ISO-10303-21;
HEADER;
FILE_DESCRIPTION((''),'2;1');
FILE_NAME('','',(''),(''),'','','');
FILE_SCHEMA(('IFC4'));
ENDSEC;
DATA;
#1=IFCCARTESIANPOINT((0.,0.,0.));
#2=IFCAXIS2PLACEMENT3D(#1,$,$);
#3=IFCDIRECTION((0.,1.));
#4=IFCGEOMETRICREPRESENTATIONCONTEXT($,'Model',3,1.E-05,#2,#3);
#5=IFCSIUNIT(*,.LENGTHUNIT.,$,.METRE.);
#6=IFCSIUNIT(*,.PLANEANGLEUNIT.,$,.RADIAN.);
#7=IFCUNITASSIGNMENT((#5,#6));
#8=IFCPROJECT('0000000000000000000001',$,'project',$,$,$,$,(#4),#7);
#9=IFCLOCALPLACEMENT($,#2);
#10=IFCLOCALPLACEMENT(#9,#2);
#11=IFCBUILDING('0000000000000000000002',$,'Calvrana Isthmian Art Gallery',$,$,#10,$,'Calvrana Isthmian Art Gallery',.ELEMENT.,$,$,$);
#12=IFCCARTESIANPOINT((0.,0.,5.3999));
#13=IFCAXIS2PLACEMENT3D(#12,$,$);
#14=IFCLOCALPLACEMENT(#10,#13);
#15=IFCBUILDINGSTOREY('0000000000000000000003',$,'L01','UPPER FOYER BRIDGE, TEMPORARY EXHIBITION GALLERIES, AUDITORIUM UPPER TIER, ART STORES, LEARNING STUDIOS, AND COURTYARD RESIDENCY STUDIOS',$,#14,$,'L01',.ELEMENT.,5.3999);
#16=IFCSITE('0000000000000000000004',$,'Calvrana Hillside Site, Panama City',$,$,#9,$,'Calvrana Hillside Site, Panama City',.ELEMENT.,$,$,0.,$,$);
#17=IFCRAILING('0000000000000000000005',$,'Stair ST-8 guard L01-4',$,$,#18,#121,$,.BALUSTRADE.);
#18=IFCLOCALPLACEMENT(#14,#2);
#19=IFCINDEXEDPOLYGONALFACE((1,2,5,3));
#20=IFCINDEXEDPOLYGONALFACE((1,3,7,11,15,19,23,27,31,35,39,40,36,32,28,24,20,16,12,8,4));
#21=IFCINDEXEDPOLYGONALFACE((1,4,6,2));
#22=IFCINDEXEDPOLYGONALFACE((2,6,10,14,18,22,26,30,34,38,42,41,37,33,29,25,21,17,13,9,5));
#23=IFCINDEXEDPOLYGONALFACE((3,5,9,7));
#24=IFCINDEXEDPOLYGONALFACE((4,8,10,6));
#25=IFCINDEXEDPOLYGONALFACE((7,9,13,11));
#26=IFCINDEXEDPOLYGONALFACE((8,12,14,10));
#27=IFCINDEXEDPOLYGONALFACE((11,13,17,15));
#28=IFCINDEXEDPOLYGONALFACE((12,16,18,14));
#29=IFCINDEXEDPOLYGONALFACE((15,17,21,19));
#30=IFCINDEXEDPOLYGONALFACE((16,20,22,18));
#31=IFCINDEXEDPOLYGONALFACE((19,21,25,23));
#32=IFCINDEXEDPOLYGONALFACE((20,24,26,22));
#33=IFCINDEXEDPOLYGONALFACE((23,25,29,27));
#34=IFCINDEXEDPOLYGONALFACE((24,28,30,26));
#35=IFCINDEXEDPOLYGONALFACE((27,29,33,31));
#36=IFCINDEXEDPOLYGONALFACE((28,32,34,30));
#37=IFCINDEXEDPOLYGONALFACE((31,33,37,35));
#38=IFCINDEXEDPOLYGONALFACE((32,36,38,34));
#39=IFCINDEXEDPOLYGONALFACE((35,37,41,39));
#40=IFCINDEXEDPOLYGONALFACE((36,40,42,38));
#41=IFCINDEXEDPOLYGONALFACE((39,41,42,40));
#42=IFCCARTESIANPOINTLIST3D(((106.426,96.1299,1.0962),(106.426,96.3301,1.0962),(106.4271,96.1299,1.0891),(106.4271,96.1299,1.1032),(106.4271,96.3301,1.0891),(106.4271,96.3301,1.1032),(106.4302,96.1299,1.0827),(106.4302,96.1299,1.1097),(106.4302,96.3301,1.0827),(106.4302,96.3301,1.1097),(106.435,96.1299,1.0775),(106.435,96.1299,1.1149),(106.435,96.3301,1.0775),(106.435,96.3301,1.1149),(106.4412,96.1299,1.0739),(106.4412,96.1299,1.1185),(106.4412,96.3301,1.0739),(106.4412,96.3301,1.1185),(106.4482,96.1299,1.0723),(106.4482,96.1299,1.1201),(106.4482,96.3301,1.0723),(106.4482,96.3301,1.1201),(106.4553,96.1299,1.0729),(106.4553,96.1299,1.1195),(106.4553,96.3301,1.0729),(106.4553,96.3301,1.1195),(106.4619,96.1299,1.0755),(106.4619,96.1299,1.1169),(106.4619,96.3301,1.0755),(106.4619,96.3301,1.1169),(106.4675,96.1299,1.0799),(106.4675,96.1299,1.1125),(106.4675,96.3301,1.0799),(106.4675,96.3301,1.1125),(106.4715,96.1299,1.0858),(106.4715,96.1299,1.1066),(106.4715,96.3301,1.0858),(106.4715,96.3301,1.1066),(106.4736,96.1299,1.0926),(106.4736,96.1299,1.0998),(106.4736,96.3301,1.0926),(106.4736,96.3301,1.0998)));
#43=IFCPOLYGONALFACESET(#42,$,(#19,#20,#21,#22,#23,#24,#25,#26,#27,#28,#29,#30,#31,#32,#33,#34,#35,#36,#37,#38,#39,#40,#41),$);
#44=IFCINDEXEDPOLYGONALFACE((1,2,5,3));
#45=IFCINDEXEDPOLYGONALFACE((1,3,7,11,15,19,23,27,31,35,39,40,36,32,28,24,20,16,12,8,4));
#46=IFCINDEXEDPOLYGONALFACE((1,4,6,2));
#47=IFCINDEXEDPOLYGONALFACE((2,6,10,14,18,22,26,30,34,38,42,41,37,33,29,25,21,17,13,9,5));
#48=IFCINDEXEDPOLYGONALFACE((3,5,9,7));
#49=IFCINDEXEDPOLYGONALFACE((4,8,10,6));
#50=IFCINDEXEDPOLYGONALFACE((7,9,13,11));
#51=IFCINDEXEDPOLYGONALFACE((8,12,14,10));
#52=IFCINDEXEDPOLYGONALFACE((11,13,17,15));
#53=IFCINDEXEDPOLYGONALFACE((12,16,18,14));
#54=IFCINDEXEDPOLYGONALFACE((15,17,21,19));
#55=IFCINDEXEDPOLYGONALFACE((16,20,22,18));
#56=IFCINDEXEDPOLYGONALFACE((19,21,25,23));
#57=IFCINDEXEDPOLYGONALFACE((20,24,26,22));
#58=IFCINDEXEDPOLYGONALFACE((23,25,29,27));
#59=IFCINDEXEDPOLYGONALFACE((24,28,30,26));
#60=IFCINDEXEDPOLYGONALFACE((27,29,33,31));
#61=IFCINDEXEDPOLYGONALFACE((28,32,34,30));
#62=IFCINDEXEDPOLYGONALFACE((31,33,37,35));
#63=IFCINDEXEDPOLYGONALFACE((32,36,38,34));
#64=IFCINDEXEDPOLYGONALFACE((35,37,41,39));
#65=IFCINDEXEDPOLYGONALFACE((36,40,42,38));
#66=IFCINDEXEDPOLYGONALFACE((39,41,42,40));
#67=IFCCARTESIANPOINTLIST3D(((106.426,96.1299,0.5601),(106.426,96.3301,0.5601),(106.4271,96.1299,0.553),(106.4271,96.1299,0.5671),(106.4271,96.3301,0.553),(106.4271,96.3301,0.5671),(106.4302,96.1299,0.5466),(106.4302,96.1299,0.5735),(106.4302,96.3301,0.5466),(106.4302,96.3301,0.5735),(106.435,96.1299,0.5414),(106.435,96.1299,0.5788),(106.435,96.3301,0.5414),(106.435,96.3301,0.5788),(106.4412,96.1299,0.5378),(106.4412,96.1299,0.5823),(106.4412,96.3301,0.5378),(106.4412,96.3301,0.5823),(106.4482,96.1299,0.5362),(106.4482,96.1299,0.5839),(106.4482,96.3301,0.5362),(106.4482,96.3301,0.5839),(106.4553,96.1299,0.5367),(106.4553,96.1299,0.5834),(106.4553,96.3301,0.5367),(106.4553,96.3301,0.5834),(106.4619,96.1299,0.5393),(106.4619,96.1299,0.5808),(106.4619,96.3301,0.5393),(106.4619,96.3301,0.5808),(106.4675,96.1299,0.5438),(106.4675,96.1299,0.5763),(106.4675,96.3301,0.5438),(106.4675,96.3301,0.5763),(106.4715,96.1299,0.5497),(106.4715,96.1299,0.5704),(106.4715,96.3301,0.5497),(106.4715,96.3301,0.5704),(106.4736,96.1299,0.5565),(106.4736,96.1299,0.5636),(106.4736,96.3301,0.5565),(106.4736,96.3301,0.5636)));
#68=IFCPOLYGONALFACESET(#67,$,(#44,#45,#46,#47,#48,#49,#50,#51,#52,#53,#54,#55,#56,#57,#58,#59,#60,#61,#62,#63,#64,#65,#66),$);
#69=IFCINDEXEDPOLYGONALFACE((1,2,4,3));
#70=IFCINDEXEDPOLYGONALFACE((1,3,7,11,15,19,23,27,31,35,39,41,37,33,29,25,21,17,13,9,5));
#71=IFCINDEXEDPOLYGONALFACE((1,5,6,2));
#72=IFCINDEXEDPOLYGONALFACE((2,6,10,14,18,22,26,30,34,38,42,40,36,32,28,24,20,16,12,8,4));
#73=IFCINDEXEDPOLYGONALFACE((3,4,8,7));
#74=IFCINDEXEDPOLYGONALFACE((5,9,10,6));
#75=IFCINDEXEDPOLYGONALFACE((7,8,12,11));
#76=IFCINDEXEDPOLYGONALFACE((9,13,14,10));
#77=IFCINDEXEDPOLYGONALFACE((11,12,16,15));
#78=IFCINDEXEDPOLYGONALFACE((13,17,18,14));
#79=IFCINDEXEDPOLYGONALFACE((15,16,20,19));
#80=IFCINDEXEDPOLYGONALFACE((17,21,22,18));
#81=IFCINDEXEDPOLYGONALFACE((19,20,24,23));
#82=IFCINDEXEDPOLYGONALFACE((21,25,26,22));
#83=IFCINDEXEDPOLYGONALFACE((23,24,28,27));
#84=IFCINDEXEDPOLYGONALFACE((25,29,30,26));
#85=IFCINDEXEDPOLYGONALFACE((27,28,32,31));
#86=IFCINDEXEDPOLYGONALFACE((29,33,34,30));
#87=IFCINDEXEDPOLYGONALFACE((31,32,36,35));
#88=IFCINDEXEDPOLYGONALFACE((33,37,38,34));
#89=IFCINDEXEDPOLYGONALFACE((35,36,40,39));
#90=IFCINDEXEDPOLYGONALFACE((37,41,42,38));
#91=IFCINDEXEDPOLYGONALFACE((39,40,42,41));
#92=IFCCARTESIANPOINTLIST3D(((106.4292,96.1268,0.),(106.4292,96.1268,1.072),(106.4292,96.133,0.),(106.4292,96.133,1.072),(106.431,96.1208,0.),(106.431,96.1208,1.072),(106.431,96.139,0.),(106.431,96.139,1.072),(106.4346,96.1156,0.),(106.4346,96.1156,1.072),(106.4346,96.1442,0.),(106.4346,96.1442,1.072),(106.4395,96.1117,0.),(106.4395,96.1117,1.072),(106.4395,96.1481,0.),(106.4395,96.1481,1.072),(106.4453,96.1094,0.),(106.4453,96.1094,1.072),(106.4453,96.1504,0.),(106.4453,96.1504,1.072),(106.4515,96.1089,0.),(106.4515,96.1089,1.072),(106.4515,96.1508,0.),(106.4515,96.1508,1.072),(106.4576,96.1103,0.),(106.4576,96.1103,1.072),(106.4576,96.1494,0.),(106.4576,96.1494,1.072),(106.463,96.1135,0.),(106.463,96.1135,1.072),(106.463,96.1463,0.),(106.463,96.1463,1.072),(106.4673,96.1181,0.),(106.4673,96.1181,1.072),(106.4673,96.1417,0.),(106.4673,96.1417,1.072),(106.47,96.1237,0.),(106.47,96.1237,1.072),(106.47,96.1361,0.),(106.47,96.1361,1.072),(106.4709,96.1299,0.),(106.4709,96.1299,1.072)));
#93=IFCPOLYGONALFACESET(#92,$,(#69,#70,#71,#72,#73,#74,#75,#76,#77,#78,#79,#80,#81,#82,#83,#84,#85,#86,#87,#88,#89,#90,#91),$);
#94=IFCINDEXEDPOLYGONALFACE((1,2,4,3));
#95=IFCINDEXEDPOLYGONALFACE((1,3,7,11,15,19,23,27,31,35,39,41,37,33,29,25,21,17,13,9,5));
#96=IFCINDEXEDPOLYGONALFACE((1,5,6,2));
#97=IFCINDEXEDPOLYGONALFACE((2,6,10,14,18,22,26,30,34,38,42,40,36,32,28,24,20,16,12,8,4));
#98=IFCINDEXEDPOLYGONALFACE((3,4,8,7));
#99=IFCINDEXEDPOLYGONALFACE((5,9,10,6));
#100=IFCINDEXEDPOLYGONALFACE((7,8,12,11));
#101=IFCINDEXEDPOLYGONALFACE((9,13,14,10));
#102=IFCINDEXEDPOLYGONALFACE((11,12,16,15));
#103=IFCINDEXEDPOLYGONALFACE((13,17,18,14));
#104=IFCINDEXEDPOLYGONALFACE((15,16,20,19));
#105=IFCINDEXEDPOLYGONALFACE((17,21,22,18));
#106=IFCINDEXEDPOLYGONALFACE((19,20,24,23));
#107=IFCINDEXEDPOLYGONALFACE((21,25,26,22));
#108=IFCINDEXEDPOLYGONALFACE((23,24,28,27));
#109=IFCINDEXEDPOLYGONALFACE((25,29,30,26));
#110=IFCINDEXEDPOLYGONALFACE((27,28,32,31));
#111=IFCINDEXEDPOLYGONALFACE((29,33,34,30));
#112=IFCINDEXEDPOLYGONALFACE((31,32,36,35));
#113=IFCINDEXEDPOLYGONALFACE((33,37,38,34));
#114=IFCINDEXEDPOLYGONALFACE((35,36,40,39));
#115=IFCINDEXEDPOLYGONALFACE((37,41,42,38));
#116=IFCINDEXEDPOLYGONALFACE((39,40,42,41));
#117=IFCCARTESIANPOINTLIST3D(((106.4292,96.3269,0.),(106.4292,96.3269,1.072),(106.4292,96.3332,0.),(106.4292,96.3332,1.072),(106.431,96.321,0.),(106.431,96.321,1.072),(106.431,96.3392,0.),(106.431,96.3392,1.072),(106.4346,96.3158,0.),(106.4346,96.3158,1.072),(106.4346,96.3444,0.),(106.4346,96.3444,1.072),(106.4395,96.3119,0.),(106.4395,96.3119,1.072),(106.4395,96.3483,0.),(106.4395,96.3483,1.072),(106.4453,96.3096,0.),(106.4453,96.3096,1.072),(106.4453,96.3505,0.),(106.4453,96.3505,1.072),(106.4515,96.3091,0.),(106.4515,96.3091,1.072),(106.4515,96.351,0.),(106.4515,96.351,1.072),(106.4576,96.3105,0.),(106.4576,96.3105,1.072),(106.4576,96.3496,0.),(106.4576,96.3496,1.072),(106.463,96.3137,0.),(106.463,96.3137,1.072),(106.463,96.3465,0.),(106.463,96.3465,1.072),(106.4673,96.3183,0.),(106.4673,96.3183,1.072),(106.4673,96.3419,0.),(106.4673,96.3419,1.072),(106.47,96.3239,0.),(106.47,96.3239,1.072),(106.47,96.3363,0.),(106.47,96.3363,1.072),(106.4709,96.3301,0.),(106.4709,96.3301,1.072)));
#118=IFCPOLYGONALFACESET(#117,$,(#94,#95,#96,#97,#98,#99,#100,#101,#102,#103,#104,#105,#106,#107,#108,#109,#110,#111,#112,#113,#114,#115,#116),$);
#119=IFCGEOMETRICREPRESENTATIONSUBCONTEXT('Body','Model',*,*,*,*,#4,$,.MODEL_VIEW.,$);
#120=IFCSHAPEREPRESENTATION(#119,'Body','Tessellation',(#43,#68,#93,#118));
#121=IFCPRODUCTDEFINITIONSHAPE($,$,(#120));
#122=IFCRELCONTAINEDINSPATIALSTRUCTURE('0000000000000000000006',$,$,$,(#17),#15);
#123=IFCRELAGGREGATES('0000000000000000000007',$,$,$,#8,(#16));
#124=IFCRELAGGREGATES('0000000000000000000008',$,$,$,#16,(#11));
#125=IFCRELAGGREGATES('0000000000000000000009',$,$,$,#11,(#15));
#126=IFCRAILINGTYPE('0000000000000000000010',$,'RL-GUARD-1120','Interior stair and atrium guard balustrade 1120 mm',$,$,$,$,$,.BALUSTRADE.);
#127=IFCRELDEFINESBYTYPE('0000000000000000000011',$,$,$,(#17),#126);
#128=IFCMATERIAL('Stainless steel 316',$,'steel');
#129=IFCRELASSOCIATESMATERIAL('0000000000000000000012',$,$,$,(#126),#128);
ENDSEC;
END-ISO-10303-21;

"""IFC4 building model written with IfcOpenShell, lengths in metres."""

from ifc_helpers import new_model, si_unit, direction, frame, origin, origin_2d, place, context, subcontext, project, spatial, circle, extrude, material, type_object, element, save


model = new_model("IFC4")

# Units and contexts
model_context = context("Model", 3, precision=1e-05, world=origin(), true_north=direction((0.0, 1.0)))
body_context = subcontext(model_context, "Body", "Model", "MODEL_VIEW")
ifc_project = project(units=[si_unit("LENGTHUNIT", "METRE"), si_unit("PLANEANGLEUNIT", "RADIAN")], contexts=[model_context])

# Site, building, storey
site_placement = place(None, origin())
site = spatial("IfcSite", under=ifc_project, at=site_placement, Name="Calvrana Hillside Site, Panama City", LongName="Calvrana Hillside Site, Panama City", CompositionType="ELEMENT", RefElevation=0.0)
building_placement = place(site_placement, origin())
building = spatial("IfcBuilding", under=site, at=building_placement, Name="Calvrana Isthmian Art Gallery", LongName="Calvrana Isthmian Art Gallery", CompositionType="ELEMENT")
storey_placement = place(building_placement, frame((0.0, 0.0, 5.3999)))
storey = spatial("IfcBuildingStorey", under=building, at=storey_placement, Name="L01", Description="UPPER FOYER BRIDGE, TEMPORARY EXHIBITION GALLERIES, AUDITORIUM UPPER TIER, ART STORES, LEARNING STUDIOS, AND COURTYARD RESIDENCY STUDIOS", LongName="L01", CompositionType="ELEMENT", Elevation=5.3999)

# Railing
ifc_material_1 = material(Name="Stainless steel 316", Category="steel")
railing_type_1 = type_object("IfcRailingType", Name="RL-GUARD-1120", Description="Interior stair and atrium guard balustrade 1120 mm", PredefinedType="BALUSTRADE", material=ifc_material_1)
railing_1_placement = place(storey_placement, frame((106.45, 96.1299, 0.0)))
element("IfcRailing", 1, at=railing_1_placement, inside=storey, type_object=railing_type_1, Name="Stair ST-8 guard L01-4", PredefinedType="BALUSTRADE", context=body_context, shape_type="SweptSolid", body=[
    extrude(circle(Radius=0.0239, at=origin_2d()), frame((0.0, 0.0, 1.0962), z_axis=(0.0, 1.0, 0.0), x_axis=(-1.0, 0.0, 0.0)), (0.0, 0.0, 1.0), 0.2002),
    extrude(circle(Radius=0.0239, at=origin_2d()), frame((0.0, 0.0, 0.5601), z_axis=(0.0, 1.0, 0.0), x_axis=(-1.0, 0.0, 0.0)), (0.0, 0.0, 1.0), 0.2002),
    extrude(circle(Radius=0.021, at=origin_2d()), origin(), (0.0, 0.0, 1.0), 1.072),
    extrude(circle(Radius=0.021, at=origin_2d()), frame((0.0, 0.2002, 0.0)), (0.0, 0.0, 1.0), 1.072),
])

save(model, "model.ifc")
